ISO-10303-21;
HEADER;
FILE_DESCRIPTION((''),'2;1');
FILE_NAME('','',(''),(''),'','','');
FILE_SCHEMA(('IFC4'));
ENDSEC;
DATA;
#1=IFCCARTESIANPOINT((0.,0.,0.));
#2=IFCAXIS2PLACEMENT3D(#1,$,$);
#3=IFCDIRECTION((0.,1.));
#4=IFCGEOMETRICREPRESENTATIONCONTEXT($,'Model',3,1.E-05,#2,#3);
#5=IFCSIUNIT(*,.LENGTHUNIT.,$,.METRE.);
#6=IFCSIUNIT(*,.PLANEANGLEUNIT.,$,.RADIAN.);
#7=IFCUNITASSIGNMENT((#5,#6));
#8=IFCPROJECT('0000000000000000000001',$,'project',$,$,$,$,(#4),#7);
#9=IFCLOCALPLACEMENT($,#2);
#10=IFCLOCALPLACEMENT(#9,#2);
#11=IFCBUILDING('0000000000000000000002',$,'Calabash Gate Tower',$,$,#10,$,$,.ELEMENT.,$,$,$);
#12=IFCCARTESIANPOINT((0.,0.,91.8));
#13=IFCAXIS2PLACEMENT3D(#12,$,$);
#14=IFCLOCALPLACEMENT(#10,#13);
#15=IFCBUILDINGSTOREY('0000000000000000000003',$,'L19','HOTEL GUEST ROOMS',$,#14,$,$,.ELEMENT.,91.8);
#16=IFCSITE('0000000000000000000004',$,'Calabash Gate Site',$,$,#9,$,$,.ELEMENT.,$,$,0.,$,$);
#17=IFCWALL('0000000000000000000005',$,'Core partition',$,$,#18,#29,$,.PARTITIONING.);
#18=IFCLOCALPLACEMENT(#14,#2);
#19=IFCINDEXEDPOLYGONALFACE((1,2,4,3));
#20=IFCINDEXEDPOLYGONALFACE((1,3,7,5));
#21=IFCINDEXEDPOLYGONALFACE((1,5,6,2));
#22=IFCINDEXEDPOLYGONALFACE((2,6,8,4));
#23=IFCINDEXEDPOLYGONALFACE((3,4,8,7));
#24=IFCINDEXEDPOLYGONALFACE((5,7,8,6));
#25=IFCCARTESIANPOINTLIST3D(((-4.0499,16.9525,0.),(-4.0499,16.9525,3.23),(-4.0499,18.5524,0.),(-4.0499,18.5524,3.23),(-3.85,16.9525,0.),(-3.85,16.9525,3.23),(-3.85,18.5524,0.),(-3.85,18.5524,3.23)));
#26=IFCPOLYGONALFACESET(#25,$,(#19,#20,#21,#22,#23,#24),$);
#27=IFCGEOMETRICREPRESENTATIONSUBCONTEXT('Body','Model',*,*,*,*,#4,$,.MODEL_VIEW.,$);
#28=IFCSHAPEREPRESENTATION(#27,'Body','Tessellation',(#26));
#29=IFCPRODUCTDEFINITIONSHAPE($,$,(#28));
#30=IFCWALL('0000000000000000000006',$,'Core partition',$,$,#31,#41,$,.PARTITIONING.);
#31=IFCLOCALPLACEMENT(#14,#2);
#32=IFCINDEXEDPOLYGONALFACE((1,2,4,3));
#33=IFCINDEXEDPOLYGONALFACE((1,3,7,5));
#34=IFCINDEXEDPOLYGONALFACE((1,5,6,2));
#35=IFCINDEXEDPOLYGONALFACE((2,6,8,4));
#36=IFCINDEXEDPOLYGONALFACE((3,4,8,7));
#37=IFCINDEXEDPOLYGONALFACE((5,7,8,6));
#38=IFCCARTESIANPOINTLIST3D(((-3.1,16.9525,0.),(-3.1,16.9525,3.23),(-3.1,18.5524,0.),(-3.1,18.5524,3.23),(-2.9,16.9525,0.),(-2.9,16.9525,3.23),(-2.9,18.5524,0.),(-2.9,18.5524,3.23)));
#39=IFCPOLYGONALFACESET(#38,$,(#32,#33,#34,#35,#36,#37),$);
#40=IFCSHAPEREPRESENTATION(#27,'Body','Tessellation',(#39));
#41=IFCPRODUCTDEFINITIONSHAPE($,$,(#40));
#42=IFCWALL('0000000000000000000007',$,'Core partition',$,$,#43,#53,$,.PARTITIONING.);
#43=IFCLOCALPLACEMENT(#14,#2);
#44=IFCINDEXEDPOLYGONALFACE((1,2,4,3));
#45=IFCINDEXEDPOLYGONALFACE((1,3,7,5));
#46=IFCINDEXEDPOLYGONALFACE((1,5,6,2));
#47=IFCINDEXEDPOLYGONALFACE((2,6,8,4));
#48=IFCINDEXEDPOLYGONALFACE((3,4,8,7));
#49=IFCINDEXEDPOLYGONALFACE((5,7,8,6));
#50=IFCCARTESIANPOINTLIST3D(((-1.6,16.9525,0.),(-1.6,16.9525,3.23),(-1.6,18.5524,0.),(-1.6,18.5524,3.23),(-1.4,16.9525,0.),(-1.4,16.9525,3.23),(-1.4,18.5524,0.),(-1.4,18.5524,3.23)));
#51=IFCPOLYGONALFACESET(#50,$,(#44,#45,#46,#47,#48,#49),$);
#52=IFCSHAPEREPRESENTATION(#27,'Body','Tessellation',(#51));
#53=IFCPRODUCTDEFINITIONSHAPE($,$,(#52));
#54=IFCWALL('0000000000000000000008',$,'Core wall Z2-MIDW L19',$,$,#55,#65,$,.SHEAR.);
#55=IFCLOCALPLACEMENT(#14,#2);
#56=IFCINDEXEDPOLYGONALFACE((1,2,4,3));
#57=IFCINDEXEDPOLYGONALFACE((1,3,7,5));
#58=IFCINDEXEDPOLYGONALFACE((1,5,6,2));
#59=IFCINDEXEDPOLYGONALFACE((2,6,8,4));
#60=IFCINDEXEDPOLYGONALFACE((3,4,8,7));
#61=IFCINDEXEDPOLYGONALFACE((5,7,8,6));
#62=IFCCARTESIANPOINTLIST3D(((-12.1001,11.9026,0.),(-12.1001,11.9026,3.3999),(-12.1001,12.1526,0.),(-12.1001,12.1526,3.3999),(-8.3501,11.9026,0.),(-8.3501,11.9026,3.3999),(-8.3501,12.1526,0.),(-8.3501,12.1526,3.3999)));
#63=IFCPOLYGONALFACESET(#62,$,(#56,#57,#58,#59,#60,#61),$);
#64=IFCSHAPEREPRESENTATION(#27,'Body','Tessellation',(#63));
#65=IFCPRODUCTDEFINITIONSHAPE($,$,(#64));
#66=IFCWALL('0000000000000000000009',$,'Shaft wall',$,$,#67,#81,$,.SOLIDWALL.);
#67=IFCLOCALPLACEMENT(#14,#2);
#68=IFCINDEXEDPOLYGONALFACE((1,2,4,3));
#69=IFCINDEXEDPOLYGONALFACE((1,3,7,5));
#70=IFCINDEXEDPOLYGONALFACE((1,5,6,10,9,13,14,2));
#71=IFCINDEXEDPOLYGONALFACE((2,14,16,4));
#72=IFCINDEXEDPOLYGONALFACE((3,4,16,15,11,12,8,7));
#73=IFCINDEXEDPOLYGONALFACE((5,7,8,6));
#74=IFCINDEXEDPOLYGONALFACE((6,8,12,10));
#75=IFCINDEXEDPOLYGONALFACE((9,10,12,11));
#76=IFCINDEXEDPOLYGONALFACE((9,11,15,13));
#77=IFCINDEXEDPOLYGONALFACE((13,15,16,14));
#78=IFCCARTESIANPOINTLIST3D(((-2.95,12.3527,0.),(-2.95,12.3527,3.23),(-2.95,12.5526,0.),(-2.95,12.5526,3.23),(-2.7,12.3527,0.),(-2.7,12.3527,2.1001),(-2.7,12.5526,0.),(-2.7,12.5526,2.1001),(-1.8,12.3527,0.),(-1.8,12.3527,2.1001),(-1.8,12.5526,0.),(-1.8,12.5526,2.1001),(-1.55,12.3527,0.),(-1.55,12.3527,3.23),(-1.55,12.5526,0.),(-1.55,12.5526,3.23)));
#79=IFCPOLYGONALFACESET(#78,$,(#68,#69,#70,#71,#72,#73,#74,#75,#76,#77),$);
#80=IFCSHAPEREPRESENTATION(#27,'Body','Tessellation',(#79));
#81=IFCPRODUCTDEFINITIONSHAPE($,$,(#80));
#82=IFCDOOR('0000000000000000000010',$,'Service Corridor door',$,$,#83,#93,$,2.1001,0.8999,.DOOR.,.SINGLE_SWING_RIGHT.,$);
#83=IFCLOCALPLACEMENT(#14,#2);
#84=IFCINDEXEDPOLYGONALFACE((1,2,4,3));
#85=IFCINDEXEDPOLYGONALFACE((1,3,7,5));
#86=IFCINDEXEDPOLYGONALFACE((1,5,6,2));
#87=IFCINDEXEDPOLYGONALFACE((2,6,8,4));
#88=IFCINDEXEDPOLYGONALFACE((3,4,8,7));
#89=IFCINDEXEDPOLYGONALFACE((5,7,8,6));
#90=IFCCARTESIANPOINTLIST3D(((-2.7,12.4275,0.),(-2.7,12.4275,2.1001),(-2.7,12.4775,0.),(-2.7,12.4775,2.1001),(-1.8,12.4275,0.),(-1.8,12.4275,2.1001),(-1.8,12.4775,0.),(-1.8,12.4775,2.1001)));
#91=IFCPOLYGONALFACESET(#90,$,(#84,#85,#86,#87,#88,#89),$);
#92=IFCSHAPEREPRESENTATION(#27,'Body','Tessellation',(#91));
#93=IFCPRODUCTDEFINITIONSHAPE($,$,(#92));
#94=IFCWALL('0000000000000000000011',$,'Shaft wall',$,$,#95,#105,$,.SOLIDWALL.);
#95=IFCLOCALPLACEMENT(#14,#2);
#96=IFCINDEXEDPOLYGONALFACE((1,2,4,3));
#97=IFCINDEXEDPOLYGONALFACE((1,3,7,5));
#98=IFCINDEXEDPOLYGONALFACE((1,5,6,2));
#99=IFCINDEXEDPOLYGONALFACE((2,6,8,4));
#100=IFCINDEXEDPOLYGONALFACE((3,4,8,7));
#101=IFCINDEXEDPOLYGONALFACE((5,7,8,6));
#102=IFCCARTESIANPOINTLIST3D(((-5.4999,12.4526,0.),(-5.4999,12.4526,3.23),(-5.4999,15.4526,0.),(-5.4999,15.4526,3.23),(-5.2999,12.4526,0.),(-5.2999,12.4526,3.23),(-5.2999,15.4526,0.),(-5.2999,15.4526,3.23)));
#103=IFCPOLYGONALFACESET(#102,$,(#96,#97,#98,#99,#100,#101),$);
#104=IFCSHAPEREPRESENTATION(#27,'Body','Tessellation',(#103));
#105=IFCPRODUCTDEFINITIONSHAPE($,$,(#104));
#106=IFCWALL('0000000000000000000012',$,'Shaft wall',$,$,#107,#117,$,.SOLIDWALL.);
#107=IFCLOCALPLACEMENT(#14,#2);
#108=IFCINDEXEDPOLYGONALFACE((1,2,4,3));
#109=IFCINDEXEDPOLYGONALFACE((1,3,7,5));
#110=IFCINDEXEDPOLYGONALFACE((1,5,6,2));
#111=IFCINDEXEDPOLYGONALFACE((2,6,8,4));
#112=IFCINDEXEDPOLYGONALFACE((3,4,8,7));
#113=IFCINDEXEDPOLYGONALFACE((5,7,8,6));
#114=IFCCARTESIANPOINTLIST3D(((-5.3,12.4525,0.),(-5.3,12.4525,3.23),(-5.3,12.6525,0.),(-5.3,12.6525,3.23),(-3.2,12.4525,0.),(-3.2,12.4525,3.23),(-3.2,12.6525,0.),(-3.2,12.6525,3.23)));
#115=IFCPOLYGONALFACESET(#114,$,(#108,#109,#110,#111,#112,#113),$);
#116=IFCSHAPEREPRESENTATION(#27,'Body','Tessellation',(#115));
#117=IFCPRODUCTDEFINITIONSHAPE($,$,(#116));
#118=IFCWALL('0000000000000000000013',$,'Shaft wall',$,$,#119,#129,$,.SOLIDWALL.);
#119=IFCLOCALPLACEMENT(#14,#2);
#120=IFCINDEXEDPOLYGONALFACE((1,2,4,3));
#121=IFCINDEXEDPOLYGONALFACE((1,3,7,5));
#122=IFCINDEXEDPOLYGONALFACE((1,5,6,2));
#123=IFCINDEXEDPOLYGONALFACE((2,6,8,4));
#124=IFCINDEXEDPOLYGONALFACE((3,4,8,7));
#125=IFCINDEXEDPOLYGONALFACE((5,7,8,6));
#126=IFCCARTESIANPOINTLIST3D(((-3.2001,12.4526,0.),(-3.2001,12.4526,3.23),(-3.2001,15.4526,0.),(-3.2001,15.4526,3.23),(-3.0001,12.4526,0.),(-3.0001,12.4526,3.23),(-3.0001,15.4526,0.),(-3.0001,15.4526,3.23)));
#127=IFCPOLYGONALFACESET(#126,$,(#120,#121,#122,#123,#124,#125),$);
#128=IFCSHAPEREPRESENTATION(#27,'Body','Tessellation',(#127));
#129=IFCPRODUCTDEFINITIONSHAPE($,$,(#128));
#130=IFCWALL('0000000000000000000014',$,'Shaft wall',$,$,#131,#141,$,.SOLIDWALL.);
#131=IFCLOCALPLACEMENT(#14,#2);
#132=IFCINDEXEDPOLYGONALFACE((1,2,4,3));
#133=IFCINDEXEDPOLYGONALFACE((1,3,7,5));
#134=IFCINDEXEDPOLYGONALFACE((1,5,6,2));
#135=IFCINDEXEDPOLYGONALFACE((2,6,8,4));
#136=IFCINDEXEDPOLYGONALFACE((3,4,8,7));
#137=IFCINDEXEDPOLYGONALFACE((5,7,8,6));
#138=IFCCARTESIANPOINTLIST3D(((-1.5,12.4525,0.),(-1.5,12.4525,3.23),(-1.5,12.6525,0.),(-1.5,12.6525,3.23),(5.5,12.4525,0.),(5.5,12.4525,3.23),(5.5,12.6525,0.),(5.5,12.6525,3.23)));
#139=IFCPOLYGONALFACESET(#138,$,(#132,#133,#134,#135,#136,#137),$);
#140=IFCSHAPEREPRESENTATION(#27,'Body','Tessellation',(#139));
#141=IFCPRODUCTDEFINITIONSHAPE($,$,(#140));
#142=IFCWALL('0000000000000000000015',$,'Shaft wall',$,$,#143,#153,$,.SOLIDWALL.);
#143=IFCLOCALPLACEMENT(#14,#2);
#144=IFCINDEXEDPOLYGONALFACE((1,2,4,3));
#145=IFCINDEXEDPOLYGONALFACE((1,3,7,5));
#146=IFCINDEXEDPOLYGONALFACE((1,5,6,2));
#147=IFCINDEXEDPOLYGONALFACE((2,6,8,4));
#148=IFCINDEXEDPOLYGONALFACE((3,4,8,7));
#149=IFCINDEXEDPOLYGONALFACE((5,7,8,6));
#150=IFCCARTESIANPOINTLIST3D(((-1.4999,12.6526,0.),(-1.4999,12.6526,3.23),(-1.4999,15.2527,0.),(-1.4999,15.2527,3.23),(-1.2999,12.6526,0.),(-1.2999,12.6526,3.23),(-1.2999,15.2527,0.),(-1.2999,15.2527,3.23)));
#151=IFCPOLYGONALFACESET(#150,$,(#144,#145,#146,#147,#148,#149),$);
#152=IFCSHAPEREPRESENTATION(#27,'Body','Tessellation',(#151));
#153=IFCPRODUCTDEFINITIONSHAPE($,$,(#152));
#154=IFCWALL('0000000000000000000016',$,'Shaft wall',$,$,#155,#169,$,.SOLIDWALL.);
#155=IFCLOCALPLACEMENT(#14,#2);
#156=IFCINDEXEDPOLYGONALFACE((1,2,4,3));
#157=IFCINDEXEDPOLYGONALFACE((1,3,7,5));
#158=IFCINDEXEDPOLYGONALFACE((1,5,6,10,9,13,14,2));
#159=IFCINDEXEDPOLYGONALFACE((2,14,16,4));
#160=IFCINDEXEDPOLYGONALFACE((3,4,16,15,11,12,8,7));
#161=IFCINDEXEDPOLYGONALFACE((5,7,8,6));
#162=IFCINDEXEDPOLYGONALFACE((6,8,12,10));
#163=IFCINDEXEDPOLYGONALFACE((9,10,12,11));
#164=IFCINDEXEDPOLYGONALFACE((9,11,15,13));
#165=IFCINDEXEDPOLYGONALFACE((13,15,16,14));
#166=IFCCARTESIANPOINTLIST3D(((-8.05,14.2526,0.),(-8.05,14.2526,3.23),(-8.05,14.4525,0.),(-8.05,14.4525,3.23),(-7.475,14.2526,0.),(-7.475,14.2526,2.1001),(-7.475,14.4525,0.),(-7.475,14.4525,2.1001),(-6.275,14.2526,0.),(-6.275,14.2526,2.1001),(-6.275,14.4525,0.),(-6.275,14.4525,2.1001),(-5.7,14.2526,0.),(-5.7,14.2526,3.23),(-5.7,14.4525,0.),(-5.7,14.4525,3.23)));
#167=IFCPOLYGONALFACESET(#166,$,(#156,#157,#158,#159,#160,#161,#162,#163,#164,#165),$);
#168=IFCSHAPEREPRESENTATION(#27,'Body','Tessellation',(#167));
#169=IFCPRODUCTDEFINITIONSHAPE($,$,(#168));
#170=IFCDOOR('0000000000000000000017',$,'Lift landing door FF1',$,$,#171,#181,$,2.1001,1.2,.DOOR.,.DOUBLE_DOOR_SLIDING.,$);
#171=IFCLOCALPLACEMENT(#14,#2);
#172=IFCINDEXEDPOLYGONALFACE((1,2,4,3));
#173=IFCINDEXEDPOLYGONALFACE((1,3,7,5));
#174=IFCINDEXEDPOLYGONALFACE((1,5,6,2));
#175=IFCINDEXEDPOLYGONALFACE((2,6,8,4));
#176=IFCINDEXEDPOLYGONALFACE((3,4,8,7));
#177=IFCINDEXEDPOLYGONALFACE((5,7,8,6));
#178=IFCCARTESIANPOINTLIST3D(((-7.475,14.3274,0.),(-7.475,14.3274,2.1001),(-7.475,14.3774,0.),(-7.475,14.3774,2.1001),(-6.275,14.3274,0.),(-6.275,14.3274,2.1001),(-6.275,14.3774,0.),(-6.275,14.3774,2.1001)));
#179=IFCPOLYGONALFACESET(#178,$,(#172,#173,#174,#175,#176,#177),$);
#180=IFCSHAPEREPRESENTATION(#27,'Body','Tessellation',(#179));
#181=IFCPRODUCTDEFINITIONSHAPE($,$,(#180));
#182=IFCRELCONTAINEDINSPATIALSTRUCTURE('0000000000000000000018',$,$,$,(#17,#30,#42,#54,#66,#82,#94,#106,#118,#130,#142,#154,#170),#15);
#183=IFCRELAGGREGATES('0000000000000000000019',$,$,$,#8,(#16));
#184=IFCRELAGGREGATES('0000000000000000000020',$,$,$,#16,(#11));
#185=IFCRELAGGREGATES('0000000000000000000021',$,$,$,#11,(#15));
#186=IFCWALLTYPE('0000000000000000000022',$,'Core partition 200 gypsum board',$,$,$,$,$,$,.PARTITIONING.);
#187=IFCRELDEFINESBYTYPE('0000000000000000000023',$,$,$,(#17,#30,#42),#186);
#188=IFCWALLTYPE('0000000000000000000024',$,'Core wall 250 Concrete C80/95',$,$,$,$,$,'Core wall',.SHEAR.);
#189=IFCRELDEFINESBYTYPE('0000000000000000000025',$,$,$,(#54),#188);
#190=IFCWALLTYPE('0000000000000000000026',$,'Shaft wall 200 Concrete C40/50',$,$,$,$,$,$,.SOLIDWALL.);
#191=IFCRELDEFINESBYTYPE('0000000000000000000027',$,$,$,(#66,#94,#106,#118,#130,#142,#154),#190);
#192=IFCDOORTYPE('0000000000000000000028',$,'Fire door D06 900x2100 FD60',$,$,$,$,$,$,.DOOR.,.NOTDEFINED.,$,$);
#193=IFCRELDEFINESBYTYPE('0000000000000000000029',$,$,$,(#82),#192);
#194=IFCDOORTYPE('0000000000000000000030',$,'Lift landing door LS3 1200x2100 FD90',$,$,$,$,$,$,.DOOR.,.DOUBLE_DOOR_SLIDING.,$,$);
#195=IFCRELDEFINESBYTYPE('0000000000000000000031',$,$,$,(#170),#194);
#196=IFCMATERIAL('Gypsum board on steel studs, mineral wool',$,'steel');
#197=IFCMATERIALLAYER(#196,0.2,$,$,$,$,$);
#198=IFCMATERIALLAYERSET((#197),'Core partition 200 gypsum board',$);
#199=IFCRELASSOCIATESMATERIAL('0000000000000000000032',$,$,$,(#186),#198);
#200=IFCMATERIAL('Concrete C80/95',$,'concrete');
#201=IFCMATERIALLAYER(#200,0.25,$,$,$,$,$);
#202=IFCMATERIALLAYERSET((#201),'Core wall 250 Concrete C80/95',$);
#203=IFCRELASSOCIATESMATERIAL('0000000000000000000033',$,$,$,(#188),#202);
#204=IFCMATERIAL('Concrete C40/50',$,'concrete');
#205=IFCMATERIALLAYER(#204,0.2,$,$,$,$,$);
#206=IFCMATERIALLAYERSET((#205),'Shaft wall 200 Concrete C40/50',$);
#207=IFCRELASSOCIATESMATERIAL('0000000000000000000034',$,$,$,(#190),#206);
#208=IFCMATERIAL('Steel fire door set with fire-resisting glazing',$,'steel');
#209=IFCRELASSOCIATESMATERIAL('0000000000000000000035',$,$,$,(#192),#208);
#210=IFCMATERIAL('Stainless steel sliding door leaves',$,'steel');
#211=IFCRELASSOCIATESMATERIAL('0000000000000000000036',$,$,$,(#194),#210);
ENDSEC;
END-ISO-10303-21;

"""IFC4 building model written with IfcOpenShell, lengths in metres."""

from ifc_helpers import new_model, si_unit, direction, frame, frame_2d, origin, place, context, subcontext, project, spatial, rectangle, extrude, material, layer, layer_set, type_object, element, fill, save


model = new_model("IFC4")

# Units and contexts
model_context = context("Model", 3, precision=1e-05, world=origin(), true_north=direction((0.0, 1.0)))
body_context = subcontext(model_context, "Body", "Model", "MODEL_VIEW")
ifc_project = project(units=[si_unit("LENGTHUNIT", "METRE"), si_unit("PLANEANGLEUNIT", "RADIAN")], contexts=[model_context])

# Site, building, storey
site_placement = place(None, origin())
site = spatial("IfcSite", under=ifc_project, at=site_placement, Name="Calabash Gate Site", CompositionType="ELEMENT", RefElevation=0.0)
building_placement = place(site_placement, origin())
building = spatial("IfcBuilding", under=site, at=building_placement, Name="Calabash Gate Tower", CompositionType="ELEMENT")
storey_placement = place(building_placement, frame((0.0, 0.0, 91.8)))
storey = spatial("IfcBuildingStorey", under=building, at=storey_placement, Name="L19", Description="HOTEL GUEST ROOMS", CompositionType="ELEMENT", Elevation=91.8)

# Walls
ifc_material_1 = material(Name="Gypsum board on steel studs, mineral wool", Category="steel")
ifc_layer_1 = layer(ifc_material_1, 0.2)
ifc_layer_set_1 = layer_set([ifc_layer_1], Name="Core partition 200 gypsum board")
wall_type_1 = type_object("IfcWallType", Name="Core partition 200 gypsum board", PredefinedType="PARTITIONING", material=ifc_layer_set_1)
for number, where, z_axis, x_axis, name in (
    (1, (-3.95, 16.9526, 0.0), (0.0, 0.0, 1.0), (0.0, 1.0, 0.0), "Core partition"),
    (2, (-3.0, 16.9526, 0.0), (0.0, 0.0, 1.0), (0.0, 1.0, 0.0), "Core partition"),
    (3, (-1.5, 16.9526, 0.0), (0.0, 0.0, 1.0), (0.0, 1.0, 0.0), "Core partition"),
):
    element("IfcWall", number, at=place(storey_placement, frame(where, z_axis=z_axis, x_axis=x_axis)), inside=storey, type_object=wall_type_1, Name=name, PredefinedType="PARTITIONING", context=body_context, shape_type="SweptSolid", body=[
        extrude(rectangle(XDim=1.5999, YDim=0.2, at=frame_2d((0.7998, 0.0))), origin(), (0.0, 0.0, 1.0), 3.23),
    ])
ifc_material_2 = material(Name="Concrete C80/95", Category="concrete")
ifc_layer_2 = layer(ifc_material_2, 0.25)
ifc_layer_set_2 = layer_set([ifc_layer_2], Name="Core wall 250 Concrete C80/95")
wall_type_2 = type_object("IfcWallType", Name="Core wall 250 Concrete C80/95", ElementType="Core wall", PredefinedType="SHEAR", material=ifc_layer_set_2)
wall_1_placement = place(storey_placement, frame((-12.1001, 12.0276, 0.0), z_axis=(0.0, 0.0, 1.0), x_axis=(1.0, 0.0, 0.0)))
element("IfcWall", 4, at=wall_1_placement, inside=storey, type_object=wall_type_2, Name="Core wall Z2-MIDW L19", PredefinedType="SHEAR", context=body_context, shape_type="SweptSolid", body=[
    extrude(rectangle(XDim=3.75, YDim=0.25, at=frame_2d((1.875, 0.0))), origin(), (0.0, 0.0, 1.0), 3.3999),
])

# Wall, opening, door
ifc_material_3 = material(Name="Concrete C40/50", Category="concrete")
ifc_layer_3 = layer(ifc_material_3, 0.2)
ifc_layer_set_3 = layer_set([ifc_layer_3], Name="Shaft wall 200 Concrete C40/50")
wall_type_3 = type_object("IfcWallType", Name="Shaft wall 200 Concrete C40/50", PredefinedType="SOLIDWALL", material=ifc_layer_set_3)
wall_2_placement = place(storey_placement, frame((-2.95, 12.4526, 0.0), z_axis=(0.0, 0.0, 1.0), x_axis=(1.0, 0.0, 0.0)))
wall_2 = element("IfcWall", 5, at=wall_2_placement, inside=storey, type_object=wall_type_3, Name="Shaft wall", PredefinedType="SOLIDWALL", context=body_context, shape_type="SweptSolid", body=[
    extrude(rectangle(XDim=1.3999, YDim=0.2, at=frame_2d((0.7, 0.0))), origin(), (0.0, 0.0, 1.0), 3.23),
])
opening_1_placement = place(wall_2_placement, frame((0.25, 0.0, 0.0)))
opening_1 = element("IfcOpeningElement", 6, at=opening_1_placement, cuts=wall_2, PredefinedType="OPENING", context=body_context, shape_type="SweptSolid", body=[
    extrude(rectangle(XDim=0.8999, YDim=2.1001, at=frame_2d((0.45, 1.05))), frame((0.0, 0.1099, 0.0), z_axis=(0.0, -1.0, 0.0), x_axis=(1.0, 0.0, 0.0)), (0.0, 0.0, 1.0), 0.22),
])
ifc_material_4 = material(Name="Steel fire door set with fire-resisting glazing", Category="steel")
door_type_1 = type_object("IfcDoorType", Name="Fire door D06 900x2100 FD60", OperationType="NOTDEFINED", PredefinedType="DOOR", material=ifc_material_4)
door_1_placement = place(opening_1_placement, origin())
door_1 = element("IfcDoor", 7, at=door_1_placement, inside=storey, type_object=door_type_1, Name="Service Corridor door", OperationType="SINGLE_SWING_RIGHT", OverallHeight=2.1001, OverallWidth=0.8999, PredefinedType="DOOR", context=body_context, shape_type="SweptSolid", body=[
    extrude(rectangle(XDim=0.8999, YDim=2.1001, at=frame_2d((0.45, 1.05))), frame((0.0, 0.0249, 0.0), z_axis=(0.0, -1.0, 0.0), x_axis=(1.0, 0.0, 0.0)), (0.0, 0.0, 1.0), 0.05),
])
fill(opening_1, door_1)

# Walls
wall_3_placement = place(storey_placement, frame((-5.3999, 12.4526, 0.0), z_axis=(0.0, 0.0, 1.0), x_axis=(0.0, 1.0, 0.0)))
element("IfcWall", 8, at=wall_3_placement, inside=storey, type_object=wall_type_3, Name="Shaft wall", PredefinedType="SOLIDWALL", context=body_context, shape_type="SweptSolid", body=[
    extrude(rectangle(XDim=3.0, YDim=0.2, at=frame_2d((1.5, 0.0))), origin(), (0.0, 0.0, 1.0), 3.23),
])
wall_4_placement = place(storey_placement, frame((-5.3, 12.5525, 0.0), z_axis=(0.0, 0.0, 1.0), x_axis=(1.0, 0.0, 0.0)))
element("IfcWall", 9, at=wall_4_placement, inside=storey, type_object=wall_type_3, Name="Shaft wall", PredefinedType="SOLIDWALL", context=body_context, shape_type="SweptSolid", body=[
    extrude(rectangle(XDim=2.1001, YDim=0.2, at=frame_2d((1.05, 0.0))), origin(), (0.0, 0.0, 1.0), 3.23),
])
wall_5_placement = place(storey_placement, frame((-3.1001, 12.4526, 0.0), z_axis=(0.0, 0.0, 1.0), x_axis=(0.0, 1.0, 0.0)))
element("IfcWall", 10, at=wall_5_placement, inside=storey, type_object=wall_type_3, Name="Shaft wall", PredefinedType="SOLIDWALL", context=body_context, shape_type="SweptSolid", body=[
    extrude(rectangle(XDim=3.0, YDim=0.2, at=frame_2d((1.5, 0.0))), origin(), (0.0, 0.0, 1.0), 3.23),
])
wall_6_placement = place(storey_placement, frame((-1.5, 12.5525, 0.0), z_axis=(0.0, 0.0, 1.0), x_axis=(1.0, 0.0, 0.0)))
element("IfcWall", 11, at=wall_6_placement, inside=storey, type_object=wall_type_3, Name="Shaft wall", PredefinedType="SOLIDWALL", context=body_context, shape_type="SweptSolid", body=[
    extrude(rectangle(XDim=7.0, YDim=0.2, at=frame_2d((3.5, 0.0))), origin(), (0.0, 0.0, 1.0), 3.23),
])
wall_7_placement = place(storey_placement, frame((-1.3999, 12.6526, 0.0), z_axis=(0.0, 0.0, 1.0), x_axis=(0.0, 1.0, 0.0)))
element("IfcWall", 12, at=wall_7_placement, inside=storey, type_object=wall_type_3, Name="Shaft wall", PredefinedType="SOLIDWALL", context=body_context, shape_type="SweptSolid", body=[
    extrude(rectangle(XDim=2.6001, YDim=0.2, at=frame_2d((1.3, 0.0))), origin(), (0.0, 0.0, 1.0), 3.23),
])

# Wall, opening, door
wall_8_placement = place(storey_placement, frame((-8.05, 14.3525, 0.0), z_axis=(0.0, 0.0, 1.0), x_axis=(1.0, 0.0, 0.0)))
wall_8 = element("IfcWall", 13, at=wall_8_placement, inside=storey, type_object=wall_type_3, Name="Shaft wall", PredefinedType="SOLIDWALL", context=body_context, shape_type="SweptSolid", body=[
    extrude(rectangle(XDim=2.3501, YDim=0.2, at=frame_2d((1.175, 0.0))), origin(), (0.0, 0.0, 1.0), 3.23),
])
opening_2_placement = place(wall_8_placement, frame((0.575, 0.0, 0.0)))
opening_2 = element("IfcOpeningElement", 14, at=opening_2_placement, cuts=wall_8, PredefinedType="OPENING", context=body_context, shape_type="SweptSolid", body=[
    extrude(rectangle(XDim=1.2, YDim=2.1001, at=frame_2d((0.6001, 1.05))), frame((0.0, 0.1099, 0.0), z_axis=(0.0, -1.0, 0.0), x_axis=(1.0, 0.0, 0.0)), (0.0, 0.0, 1.0), 0.22),
])
ifc_material_5 = material(Name="Stainless steel sliding door leaves", Category="steel")
door_type_2 = type_object("IfcDoorType", Name="Lift landing door LS3 1200x2100 FD90", OperationType="DOUBLE_DOOR_SLIDING", PredefinedType="DOOR", material=ifc_material_5)
door_2_placement = place(opening_2_placement, origin())
door_2 = element("IfcDoor", 15, at=door_2_placement, inside=storey, type_object=door_type_2, Name="Lift landing door FF1", OperationType="DOUBLE_DOOR_SLIDING", OverallHeight=2.1001, OverallWidth=1.2, PredefinedType="DOOR", context=body_context, shape_type="SweptSolid", body=[
    extrude(rectangle(XDim=1.2, YDim=2.1001, at=frame_2d((0.6001, 1.05))), frame((0.0, 0.0249, 0.0), z_axis=(0.0, -1.0, 0.0), x_axis=(1.0, 0.0, 0.0)), (0.0, 0.0, 1.0), 0.05),
])
fill(opening_2, door_2)

save(model, "model.ifc")
